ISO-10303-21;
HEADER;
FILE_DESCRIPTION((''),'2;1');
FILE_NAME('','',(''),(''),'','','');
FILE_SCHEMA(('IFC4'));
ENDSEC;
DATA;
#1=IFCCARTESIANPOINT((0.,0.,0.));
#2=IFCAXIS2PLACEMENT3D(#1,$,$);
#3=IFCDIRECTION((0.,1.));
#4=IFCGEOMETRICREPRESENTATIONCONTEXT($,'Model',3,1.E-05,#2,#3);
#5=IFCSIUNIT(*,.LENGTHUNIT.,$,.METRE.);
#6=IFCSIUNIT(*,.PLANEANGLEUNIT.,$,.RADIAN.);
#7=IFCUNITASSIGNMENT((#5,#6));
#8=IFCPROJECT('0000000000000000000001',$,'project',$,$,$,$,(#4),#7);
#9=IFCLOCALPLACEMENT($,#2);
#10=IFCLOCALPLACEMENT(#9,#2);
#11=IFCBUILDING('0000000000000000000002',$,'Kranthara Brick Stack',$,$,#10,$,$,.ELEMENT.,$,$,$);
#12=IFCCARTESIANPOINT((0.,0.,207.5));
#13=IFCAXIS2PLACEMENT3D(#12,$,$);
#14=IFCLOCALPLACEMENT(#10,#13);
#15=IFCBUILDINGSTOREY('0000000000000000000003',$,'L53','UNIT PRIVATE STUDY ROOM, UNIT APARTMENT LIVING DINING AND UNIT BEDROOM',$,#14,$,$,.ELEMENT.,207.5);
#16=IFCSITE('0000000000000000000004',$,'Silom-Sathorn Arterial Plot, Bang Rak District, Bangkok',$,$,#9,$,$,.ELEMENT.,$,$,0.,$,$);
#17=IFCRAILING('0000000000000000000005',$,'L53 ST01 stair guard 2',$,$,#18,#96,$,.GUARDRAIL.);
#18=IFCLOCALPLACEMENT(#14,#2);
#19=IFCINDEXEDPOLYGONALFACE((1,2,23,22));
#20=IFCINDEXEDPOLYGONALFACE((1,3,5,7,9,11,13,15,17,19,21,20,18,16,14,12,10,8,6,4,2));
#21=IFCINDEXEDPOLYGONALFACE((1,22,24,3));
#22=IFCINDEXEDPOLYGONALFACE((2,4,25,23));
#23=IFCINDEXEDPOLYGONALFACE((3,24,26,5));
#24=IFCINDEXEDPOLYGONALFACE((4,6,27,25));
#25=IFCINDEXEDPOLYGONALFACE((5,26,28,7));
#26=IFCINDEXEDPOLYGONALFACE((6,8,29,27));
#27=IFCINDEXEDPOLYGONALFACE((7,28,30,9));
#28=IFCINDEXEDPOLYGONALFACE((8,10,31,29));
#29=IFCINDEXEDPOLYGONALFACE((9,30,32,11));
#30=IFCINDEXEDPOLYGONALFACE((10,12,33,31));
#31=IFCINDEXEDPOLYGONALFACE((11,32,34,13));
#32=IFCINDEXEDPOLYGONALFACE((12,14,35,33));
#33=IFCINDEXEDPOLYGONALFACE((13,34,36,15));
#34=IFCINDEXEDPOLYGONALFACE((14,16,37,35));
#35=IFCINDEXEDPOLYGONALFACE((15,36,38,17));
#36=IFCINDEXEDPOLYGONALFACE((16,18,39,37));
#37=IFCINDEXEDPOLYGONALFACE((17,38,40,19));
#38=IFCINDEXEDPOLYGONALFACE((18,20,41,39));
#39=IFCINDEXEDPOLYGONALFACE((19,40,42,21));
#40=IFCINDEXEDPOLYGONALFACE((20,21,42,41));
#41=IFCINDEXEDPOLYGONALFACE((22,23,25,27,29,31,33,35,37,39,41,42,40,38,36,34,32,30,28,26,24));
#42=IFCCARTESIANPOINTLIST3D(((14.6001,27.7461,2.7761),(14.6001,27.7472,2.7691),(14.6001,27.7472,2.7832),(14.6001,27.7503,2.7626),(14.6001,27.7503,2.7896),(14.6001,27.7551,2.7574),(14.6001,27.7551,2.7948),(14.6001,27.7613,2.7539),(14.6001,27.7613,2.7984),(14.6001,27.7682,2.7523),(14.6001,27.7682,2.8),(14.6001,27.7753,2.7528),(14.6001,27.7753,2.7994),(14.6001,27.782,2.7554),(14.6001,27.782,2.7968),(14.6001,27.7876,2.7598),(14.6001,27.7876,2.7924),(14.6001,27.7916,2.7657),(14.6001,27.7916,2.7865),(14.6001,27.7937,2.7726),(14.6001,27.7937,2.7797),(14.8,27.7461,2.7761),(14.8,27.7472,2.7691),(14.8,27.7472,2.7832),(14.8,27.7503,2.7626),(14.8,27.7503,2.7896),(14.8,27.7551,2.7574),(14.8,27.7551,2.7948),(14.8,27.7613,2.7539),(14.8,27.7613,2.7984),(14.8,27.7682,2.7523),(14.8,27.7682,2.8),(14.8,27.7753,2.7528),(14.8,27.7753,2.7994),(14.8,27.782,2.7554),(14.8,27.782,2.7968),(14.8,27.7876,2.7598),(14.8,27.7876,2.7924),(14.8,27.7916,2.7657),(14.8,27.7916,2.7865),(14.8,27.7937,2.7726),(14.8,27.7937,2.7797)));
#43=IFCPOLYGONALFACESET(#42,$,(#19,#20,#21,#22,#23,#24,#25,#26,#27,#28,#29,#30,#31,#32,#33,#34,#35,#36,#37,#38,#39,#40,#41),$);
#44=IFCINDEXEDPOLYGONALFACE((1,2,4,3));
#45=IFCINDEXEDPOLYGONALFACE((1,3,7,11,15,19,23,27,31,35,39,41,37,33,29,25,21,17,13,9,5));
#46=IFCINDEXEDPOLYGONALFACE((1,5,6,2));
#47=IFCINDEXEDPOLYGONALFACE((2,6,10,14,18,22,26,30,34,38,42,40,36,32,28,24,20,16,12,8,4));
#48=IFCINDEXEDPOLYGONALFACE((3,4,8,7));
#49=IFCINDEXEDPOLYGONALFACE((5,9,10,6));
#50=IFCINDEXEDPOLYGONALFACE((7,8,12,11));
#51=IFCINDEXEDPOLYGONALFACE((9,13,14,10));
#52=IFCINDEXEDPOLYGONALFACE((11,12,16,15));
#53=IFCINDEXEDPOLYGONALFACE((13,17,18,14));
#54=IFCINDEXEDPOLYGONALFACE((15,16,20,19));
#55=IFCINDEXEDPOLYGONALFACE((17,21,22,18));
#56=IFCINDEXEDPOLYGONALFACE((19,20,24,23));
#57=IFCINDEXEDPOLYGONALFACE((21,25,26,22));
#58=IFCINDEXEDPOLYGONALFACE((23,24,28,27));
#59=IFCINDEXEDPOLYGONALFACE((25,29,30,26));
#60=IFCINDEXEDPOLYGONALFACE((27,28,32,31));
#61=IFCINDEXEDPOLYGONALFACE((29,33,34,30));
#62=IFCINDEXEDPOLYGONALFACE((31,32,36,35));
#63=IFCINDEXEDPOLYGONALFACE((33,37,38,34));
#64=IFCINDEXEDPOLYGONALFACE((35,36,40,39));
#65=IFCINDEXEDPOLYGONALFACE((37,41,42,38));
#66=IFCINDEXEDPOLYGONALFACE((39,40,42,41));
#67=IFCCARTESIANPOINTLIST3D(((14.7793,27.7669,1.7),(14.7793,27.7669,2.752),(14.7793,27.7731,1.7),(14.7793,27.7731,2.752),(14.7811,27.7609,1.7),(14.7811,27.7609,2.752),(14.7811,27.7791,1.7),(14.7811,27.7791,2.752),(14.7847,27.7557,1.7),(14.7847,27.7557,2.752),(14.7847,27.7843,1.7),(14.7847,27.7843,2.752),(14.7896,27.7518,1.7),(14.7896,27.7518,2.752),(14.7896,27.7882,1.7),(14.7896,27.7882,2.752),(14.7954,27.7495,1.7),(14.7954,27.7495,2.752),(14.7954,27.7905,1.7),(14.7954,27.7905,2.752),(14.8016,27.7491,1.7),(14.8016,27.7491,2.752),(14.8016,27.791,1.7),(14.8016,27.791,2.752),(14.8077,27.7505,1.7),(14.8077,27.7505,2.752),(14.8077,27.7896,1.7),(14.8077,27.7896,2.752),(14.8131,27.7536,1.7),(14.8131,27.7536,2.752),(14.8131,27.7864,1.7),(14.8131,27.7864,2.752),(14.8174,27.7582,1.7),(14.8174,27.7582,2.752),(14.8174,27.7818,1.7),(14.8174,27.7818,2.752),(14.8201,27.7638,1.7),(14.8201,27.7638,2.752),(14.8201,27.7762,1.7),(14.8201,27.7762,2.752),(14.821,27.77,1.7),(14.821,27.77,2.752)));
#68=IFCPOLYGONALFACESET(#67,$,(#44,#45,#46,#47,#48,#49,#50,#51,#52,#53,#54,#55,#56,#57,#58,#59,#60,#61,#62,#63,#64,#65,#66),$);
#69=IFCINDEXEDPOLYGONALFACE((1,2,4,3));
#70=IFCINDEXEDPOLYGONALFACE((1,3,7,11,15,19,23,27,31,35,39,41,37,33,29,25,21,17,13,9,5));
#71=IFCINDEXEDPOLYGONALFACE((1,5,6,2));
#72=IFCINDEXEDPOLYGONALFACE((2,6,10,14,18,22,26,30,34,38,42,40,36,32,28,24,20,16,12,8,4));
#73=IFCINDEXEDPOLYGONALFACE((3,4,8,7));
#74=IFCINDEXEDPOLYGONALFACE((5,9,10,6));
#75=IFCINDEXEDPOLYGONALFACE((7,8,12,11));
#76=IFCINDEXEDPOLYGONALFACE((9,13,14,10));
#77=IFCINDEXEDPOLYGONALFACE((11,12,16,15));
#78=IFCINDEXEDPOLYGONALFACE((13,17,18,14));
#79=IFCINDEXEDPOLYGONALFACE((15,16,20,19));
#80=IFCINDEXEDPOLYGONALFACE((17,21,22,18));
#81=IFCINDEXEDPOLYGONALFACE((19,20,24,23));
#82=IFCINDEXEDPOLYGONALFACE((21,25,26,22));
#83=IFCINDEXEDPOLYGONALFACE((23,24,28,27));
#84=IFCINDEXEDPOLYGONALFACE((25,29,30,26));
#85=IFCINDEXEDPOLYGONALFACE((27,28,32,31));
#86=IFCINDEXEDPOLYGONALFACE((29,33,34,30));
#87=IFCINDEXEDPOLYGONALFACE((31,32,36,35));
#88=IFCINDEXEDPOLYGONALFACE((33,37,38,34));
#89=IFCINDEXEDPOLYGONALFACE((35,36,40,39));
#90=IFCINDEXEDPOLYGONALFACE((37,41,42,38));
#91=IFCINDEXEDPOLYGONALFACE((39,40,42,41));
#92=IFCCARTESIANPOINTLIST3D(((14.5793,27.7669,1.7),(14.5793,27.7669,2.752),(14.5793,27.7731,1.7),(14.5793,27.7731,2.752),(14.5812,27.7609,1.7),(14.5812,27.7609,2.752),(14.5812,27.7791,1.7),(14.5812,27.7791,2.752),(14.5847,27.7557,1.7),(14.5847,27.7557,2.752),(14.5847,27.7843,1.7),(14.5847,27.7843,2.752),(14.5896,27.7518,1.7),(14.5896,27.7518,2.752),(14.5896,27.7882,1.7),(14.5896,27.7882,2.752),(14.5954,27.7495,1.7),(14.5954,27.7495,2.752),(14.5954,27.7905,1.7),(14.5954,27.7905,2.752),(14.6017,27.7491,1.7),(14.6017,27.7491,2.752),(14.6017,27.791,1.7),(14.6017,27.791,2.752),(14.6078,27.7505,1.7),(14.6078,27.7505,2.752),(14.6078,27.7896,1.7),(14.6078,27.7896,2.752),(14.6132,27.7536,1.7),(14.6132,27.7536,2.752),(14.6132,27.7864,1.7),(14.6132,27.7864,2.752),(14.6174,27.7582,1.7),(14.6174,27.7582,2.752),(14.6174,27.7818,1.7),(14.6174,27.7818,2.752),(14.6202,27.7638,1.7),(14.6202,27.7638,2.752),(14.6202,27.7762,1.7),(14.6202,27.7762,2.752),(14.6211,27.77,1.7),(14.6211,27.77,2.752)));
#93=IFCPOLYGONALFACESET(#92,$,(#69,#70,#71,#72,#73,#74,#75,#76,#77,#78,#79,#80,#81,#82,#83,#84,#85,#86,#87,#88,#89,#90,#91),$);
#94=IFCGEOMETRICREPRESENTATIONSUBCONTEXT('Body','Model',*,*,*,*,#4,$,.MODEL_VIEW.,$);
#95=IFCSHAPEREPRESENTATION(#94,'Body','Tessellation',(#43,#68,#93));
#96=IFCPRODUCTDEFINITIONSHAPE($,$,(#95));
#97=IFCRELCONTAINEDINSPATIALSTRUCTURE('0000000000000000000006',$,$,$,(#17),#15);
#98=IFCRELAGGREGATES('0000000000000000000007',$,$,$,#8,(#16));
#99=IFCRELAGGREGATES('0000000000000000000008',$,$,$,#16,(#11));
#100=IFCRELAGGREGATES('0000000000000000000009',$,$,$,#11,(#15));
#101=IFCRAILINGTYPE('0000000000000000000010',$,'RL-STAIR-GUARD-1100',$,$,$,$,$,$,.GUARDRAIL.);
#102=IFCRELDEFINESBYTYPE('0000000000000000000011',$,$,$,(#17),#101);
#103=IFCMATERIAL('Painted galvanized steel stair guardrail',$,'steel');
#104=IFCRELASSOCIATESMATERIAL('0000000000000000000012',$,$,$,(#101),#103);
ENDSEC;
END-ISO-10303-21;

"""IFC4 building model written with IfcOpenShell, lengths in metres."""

from ifc_helpers import new_model, si_unit, direction, frame, origin, origin_2d, place, context, subcontext, project, spatial, circle, extrude, material, type_object, element, save


model = new_model("IFC4")

# Units and contexts
model_context = context("Model", 3, precision=1e-05, world=origin(), true_north=direction((0.0, 1.0)))
body_context = subcontext(model_context, "Body", "Model", "MODEL_VIEW")
ifc_project = project(units=[si_unit("LENGTHUNIT", "METRE"), si_unit("PLANEANGLEUNIT", "RADIAN")], contexts=[model_context])

# Site, building, storey
site_placement = place(None, origin())
site = spatial("IfcSite", under=ifc_project, at=site_placement, Name="Silom-Sathorn Arterial Plot, Bang Rak District, Bangkok", CompositionType="ELEMENT", RefElevation=0.0)
building_placement = place(site_placement, origin())
building = spatial("IfcBuilding", under=site, at=building_placement, Name="Kranthara Brick Stack", CompositionType="ELEMENT")
storey_placement = place(building_placement, frame((0.0, 0.0, 207.5)))
storey = spatial("IfcBuildingStorey", under=building, at=storey_placement, Name="L53", Description="UNIT PRIVATE STUDY ROOM, UNIT APARTMENT LIVING DINING AND UNIT BEDROOM", CompositionType="ELEMENT", Elevation=207.5)

# Railing
ifc_material_1 = material(Name="Painted galvanized steel stair guardrail", Category="steel")
railing_type_1 = type_object("IfcRailingType", Name="RL-STAIR-GUARD-1100", PredefinedType="GUARDRAIL", material=ifc_material_1)
railing_1_placement = place(storey_placement, frame((14.8, 27.77, 1.7)))
element("IfcRailing", 1, at=railing_1_placement, inside=storey, type_object=railing_type_1, Name="L53 ST01 stair guard 2", PredefinedType="GUARDRAIL", context=body_context, shape_type="SweptSolid", body=[
    extrude(circle(Radius=0.0239, at=origin_2d()), frame((0.0, 0.0, 1.0762), z_axis=(-1.0, 0.0, 0.0), x_axis=(0.0, -1.0, 0.0)), (0.0, 0.0, 1.0), 0.2),
    extrude(circle(Radius=0.021, at=origin_2d()), origin(), (0.0, 0.0, 1.0), 1.052),
    extrude(circle(Radius=0.021, at=origin_2d()), frame((-0.2, 0.0, 0.0)), (0.0, 0.0, 1.0), 1.052),
])

save(model, "model.ifc")
